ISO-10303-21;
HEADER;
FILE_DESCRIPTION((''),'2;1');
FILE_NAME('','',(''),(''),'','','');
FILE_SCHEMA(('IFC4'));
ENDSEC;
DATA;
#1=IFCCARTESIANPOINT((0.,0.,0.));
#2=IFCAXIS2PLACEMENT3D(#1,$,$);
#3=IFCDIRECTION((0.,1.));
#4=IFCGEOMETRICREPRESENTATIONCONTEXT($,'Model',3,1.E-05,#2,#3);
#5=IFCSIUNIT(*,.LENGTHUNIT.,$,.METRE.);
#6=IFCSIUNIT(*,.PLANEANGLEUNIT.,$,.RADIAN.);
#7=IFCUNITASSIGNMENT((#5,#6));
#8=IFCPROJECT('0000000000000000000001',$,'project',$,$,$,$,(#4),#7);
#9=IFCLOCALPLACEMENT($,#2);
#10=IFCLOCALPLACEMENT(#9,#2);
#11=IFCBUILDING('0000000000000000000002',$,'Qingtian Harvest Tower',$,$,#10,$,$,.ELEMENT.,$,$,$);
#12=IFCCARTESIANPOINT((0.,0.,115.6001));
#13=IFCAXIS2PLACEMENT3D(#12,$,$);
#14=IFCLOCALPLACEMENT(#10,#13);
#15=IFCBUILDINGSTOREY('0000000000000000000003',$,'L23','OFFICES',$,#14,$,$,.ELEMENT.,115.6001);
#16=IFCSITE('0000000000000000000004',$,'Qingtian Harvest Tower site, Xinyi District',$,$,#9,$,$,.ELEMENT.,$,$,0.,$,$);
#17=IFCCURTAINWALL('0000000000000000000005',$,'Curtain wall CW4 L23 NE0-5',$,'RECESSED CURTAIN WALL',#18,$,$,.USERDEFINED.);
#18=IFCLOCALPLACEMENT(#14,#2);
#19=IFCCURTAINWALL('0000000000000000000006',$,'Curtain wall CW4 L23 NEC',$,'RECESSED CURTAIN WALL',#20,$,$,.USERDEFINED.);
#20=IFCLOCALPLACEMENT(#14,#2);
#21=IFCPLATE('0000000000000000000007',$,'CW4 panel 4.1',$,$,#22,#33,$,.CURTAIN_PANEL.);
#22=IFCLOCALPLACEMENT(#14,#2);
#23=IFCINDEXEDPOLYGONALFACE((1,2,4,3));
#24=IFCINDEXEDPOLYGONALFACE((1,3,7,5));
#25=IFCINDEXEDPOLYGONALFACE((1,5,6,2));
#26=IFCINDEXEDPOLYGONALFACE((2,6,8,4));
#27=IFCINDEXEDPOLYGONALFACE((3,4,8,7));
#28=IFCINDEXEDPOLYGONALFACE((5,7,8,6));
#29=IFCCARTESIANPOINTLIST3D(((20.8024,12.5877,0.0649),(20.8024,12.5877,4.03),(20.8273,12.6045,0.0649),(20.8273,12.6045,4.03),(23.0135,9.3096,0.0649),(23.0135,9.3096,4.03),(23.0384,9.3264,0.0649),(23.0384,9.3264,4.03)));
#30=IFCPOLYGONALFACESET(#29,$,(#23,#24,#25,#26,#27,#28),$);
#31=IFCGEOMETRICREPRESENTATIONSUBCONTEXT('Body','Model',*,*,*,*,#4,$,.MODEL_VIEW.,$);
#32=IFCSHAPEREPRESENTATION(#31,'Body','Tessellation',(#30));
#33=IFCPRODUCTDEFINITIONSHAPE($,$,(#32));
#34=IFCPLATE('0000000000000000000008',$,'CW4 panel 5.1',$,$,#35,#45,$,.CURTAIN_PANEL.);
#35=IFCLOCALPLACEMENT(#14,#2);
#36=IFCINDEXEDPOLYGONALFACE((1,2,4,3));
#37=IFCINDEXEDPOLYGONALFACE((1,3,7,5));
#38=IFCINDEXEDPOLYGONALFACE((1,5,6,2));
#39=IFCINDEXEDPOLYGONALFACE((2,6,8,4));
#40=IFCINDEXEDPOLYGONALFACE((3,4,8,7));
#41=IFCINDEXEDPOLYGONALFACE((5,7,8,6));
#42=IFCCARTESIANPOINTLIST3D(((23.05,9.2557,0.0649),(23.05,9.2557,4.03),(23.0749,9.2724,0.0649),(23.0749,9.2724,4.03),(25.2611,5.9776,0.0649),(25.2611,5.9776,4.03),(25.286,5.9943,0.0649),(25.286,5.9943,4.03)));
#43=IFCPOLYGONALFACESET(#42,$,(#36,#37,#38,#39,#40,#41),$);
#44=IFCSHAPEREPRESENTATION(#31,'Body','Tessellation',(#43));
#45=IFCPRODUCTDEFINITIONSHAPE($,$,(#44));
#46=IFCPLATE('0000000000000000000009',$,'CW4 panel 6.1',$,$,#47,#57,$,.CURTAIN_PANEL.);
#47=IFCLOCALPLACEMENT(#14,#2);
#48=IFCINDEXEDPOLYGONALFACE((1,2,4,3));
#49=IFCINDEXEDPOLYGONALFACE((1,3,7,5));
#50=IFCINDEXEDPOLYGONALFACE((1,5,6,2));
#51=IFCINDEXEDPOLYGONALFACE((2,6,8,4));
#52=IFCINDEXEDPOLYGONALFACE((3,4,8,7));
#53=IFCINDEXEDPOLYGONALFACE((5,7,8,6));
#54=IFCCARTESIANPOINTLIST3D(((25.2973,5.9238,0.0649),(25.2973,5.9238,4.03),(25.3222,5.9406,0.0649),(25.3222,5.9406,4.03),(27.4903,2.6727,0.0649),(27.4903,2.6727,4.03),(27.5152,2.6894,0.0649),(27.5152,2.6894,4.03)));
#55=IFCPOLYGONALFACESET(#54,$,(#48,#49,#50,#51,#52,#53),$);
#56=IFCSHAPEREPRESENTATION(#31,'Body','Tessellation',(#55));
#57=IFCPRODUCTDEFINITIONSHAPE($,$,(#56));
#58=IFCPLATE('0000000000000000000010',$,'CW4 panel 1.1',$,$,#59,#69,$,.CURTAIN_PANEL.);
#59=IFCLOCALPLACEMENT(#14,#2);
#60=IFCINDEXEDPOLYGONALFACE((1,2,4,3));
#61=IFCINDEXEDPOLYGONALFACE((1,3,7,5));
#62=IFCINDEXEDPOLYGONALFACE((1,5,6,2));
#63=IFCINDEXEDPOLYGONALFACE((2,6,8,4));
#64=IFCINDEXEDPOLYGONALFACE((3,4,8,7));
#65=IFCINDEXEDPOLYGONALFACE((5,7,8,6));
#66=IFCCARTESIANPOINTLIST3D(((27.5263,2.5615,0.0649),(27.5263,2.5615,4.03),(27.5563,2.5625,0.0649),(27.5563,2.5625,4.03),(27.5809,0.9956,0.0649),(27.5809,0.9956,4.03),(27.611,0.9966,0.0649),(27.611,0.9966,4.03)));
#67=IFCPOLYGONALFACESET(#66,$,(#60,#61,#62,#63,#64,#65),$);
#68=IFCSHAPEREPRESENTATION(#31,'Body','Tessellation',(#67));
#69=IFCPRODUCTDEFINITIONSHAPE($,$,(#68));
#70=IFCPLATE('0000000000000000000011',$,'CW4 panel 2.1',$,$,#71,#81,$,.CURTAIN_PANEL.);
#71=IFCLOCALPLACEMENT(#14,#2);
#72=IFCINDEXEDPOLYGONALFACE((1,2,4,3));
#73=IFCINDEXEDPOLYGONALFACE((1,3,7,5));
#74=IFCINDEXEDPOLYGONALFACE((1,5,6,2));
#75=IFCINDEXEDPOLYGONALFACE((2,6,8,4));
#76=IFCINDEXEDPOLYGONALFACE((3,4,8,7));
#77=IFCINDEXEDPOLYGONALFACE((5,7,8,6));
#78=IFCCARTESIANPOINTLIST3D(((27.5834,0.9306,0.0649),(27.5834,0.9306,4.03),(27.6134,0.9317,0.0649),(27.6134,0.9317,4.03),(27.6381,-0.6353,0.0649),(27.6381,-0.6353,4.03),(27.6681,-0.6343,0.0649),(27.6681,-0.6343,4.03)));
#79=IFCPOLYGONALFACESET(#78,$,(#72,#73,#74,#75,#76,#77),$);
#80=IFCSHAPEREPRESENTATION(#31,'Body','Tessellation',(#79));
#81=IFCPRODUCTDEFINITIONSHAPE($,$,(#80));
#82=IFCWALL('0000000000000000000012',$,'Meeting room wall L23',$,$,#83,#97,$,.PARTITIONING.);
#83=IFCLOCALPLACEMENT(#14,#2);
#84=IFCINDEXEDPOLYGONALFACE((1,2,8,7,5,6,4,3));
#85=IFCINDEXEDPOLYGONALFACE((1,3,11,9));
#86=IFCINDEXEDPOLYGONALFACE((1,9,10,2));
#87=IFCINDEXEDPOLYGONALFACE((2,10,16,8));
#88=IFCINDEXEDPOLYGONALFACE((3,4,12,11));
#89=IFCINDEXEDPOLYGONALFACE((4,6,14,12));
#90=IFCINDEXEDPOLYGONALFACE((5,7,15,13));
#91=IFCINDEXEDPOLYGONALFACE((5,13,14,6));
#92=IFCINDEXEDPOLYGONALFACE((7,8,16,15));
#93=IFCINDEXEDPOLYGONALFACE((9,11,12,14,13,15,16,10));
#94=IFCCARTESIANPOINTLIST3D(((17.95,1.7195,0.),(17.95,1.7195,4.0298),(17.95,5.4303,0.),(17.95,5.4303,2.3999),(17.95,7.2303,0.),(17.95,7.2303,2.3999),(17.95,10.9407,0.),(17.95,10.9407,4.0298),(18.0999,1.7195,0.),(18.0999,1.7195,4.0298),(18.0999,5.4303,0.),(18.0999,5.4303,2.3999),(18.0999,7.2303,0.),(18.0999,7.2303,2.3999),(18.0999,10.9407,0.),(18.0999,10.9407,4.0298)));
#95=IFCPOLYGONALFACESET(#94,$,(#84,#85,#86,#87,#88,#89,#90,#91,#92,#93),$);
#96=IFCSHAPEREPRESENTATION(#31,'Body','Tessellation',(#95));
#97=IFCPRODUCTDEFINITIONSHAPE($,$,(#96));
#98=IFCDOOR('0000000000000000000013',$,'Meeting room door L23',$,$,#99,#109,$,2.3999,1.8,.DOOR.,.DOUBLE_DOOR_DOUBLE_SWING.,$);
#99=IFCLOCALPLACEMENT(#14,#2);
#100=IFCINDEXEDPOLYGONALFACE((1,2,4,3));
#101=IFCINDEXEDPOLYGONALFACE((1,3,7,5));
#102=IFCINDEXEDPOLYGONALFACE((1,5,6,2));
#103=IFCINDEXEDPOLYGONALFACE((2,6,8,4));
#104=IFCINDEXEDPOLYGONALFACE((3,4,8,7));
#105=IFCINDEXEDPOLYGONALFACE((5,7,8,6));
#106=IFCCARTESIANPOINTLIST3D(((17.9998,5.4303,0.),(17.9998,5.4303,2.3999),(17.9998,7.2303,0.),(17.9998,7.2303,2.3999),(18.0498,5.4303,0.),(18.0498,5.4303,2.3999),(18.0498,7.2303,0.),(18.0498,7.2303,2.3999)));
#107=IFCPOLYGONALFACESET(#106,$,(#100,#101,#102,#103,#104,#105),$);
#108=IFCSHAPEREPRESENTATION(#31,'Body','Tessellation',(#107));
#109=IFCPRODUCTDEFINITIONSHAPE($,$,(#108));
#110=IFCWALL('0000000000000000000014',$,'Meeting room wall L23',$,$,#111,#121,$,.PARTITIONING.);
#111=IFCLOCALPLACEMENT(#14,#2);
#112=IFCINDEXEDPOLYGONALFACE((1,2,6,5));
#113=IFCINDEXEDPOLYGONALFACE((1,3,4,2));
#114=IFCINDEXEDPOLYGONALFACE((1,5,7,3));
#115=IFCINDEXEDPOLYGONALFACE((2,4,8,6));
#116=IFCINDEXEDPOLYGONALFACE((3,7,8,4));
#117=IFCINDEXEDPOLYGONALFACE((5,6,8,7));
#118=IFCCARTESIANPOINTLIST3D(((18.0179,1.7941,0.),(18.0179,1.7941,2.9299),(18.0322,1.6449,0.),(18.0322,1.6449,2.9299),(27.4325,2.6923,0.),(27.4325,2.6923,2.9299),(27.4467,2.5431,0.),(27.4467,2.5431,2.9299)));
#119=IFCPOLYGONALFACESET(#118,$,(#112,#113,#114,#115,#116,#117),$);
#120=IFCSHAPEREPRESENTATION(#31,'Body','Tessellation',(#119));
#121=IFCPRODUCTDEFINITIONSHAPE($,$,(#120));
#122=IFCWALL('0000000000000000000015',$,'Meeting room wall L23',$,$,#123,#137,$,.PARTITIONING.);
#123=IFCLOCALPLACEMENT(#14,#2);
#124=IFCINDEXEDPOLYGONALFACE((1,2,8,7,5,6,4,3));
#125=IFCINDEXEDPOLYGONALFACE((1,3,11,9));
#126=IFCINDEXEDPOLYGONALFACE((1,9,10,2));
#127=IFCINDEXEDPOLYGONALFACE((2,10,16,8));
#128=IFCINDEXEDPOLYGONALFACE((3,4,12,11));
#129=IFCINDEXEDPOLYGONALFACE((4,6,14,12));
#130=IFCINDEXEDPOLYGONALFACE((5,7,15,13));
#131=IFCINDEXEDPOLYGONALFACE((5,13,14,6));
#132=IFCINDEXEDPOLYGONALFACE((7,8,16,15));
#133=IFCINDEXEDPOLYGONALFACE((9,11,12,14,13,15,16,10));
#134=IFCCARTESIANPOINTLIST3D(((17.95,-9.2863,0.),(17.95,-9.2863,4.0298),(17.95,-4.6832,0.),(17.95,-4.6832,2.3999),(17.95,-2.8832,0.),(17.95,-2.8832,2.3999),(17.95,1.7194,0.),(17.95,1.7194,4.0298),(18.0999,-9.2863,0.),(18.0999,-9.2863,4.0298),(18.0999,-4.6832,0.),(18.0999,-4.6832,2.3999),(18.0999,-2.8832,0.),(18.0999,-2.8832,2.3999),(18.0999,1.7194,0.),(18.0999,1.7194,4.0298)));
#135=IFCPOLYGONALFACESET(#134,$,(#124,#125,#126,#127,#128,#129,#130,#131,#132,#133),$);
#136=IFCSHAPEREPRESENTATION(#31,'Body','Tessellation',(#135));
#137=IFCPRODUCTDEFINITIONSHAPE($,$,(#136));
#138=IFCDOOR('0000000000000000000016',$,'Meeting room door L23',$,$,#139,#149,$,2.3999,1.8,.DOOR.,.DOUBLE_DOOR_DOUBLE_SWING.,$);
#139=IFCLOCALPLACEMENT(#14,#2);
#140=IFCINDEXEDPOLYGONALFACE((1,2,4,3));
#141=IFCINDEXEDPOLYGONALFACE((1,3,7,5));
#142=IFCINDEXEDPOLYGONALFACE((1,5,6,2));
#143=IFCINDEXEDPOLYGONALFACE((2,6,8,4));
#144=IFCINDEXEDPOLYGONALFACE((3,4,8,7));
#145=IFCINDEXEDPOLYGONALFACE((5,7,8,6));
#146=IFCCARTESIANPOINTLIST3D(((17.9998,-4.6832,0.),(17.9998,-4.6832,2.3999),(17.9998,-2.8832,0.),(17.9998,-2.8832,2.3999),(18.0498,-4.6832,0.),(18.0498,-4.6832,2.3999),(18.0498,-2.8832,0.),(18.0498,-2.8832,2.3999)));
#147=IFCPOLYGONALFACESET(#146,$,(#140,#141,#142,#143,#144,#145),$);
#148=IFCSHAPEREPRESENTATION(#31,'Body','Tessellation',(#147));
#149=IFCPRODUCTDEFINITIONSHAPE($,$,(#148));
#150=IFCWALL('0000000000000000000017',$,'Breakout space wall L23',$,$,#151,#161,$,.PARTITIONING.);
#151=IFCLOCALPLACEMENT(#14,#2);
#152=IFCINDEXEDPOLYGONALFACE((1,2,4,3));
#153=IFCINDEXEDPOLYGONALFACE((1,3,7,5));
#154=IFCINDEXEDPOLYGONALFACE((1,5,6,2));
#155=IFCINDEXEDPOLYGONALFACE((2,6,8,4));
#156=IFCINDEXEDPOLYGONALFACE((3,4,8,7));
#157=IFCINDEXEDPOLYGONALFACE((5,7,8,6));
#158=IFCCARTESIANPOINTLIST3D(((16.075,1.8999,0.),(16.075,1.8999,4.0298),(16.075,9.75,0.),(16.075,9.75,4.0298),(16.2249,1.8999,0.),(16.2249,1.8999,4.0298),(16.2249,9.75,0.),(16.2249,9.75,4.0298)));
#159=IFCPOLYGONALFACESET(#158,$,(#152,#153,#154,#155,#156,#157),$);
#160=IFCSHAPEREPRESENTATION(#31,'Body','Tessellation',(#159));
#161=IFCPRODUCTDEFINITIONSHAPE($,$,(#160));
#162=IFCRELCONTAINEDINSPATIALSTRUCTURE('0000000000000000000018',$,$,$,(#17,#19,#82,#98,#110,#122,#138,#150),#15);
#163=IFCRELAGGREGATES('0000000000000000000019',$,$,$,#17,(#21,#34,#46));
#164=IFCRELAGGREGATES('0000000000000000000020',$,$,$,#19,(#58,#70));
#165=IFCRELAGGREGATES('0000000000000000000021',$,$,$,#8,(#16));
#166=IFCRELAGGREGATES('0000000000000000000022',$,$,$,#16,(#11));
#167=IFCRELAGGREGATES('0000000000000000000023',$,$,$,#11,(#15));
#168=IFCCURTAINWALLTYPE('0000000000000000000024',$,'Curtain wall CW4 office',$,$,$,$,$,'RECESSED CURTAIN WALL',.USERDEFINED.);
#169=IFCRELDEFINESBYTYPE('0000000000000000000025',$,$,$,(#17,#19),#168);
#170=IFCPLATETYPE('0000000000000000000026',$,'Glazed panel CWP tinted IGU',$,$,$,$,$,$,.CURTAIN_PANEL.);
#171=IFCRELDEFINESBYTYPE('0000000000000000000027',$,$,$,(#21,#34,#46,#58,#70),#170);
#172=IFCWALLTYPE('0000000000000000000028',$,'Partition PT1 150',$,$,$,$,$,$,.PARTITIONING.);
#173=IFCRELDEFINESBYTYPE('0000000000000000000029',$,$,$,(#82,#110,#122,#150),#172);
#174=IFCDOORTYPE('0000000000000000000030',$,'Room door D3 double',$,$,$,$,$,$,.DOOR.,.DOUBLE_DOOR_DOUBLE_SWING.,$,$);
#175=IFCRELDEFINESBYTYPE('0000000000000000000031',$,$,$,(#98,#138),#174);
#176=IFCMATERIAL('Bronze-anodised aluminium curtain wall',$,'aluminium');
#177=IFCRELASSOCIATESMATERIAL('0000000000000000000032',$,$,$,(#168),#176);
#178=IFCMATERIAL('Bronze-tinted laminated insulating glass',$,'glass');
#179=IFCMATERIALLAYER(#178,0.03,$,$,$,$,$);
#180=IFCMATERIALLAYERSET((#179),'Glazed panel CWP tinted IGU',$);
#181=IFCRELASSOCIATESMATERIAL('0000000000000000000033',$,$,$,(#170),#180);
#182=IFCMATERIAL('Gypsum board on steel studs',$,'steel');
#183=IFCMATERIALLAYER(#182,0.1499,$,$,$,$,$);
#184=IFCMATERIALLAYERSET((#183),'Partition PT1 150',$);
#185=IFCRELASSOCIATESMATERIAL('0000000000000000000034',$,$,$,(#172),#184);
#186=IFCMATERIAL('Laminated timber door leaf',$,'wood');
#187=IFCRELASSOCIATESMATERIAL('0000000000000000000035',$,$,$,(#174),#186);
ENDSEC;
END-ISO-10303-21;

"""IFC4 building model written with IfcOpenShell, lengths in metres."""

from ifc_helpers import new_model, si_unit, direction, frame, frame_2d, origin, origin_2d, place, context, subcontext, project, spatial, rectangle, extrude, material, layer, layer_set, type_object, element, fill, aggregate, save


model = new_model("IFC4")

# Units and contexts
model_context = context("Model", 3, precision=1e-05, world=origin(), true_north=direction((0.0, 1.0)))
body_context = subcontext(model_context, "Body", "Model", "MODEL_VIEW")
ifc_project = project(units=[si_unit("LENGTHUNIT", "METRE"), si_unit("PLANEANGLEUNIT", "RADIAN")], contexts=[model_context])

# Site, building, storey
site_placement = place(None, origin())
site = spatial("IfcSite", under=ifc_project, at=site_placement, Name="Qingtian Harvest Tower site, Xinyi District", CompositionType="ELEMENT", RefElevation=0.0)
building_placement = place(site_placement, origin())
building = spatial("IfcBuilding", under=site, at=building_placement, Name="Qingtian Harvest Tower", CompositionType="ELEMENT")
storey_placement = place(building_placement, frame((0.0, 0.0, 115.6001)))
storey = spatial("IfcBuildingStorey", under=building, at=storey_placement, Name="L23", Description="OFFICES", CompositionType="ELEMENT", Elevation=115.6001)

# Curtain walls
ifc_material_1 = material(Name="Bronze-anodised aluminium curtain wall", Category="aluminium")
curtain_wall_type = type_object("IfcCurtainWallType", Name="Curtain wall CW4 office", ElementType="RECESSED CURTAIN WALL", PredefinedType="USERDEFINED", material=ifc_material_1)
curtain_wall_1_placement = place(storey_placement, origin())
curtain_wall_1 = element("IfcCurtainWall", 1, at=curtain_wall_1_placement, inside=storey, type_object=curtain_wall_type, Name="Curtain wall CW4 L23 NE0-5", ObjectType="RECESSED CURTAIN WALL", PredefinedType="USERDEFINED")
curtain_wall_2_placement = place(storey_placement, origin())
curtain_wall_2 = element("IfcCurtainWall", 2, at=curtain_wall_2_placement, inside=storey, type_object=curtain_wall_type, Name="Curtain wall CW4 L23 NEC", ObjectType="RECESSED CURTAIN WALL", PredefinedType="USERDEFINED")

# Plates
ifc_material_2 = material(Name="Bronze-tinted laminated insulating glass", Category="glass")
ifc_layer_1 = layer(ifc_material_2, 0.03)
ifc_layer_set_1 = layer_set([ifc_layer_1], Name="Glazed panel CWP tinted IGU")
plate_type = type_object("IfcPlateType", Name="Glazed panel CWP tinted IGU", PredefinedType="CURTAIN_PANEL", material=ifc_layer_set_1)
plate_1_placement = place(storey_placement, frame((21.9204, 10.957, 0.0649), z_axis=(0.0, 0.0, 1.0), x_axis=(0.559193, -0.829038, 0.0)))
plate_1 = element("IfcPlate", 3, at=plate_1_placement, type_object=plate_type, Name="CW4 panel 4.1", PredefinedType="CURTAIN_PANEL", context=body_context, shape_type="SweptSolid", body=[
    extrude(rectangle(XDim=3.9541, YDim=0.03, at=origin_2d()), origin(), (0.0, 0.0, 1.0), 3.9651),
])
plate_2_placement = place(storey_placement, frame((24.168, 7.625, 0.0649), z_axis=(0.0, 0.0, 1.0), x_axis=(0.559193, -0.829038, 0.0)))
plate_2 = element("IfcPlate", 4, at=plate_2_placement, type_object=plate_type, Name="CW4 panel 5.1", PredefinedType="CURTAIN_PANEL", context=body_context, shape_type="SweptSolid", body=[
    extrude(rectangle(XDim=3.9541, YDim=0.03, at=origin_2d()), origin(), (0.0, 0.0, 1.0), 3.9651),
])
plate_3_placement = place(storey_placement, frame((26.4062, 4.3066, 0.0649), z_axis=(0.0, 0.0, 1.0), x_axis=(0.559193, -0.829038, 0.0)))
plate_3 = element("IfcPlate", 5, at=plate_3_placement, type_object=plate_type, Name="CW4 panel 6.1", PredefinedType="CURTAIN_PANEL", context=body_context, shape_type="SweptSolid", body=[
    extrude(rectangle(XDim=3.9216, YDim=0.03, at=origin_2d()), origin(), (0.0, 0.0, 1.0), 3.9651),
])
aggregate(curtain_wall_1, [plate_1, plate_2, plate_3])
plate_4_placement = place(storey_placement, frame((27.5686, 1.7791, 0.0649), z_axis=(0.0, 0.0, 1.0), x_axis=(0.034899, -0.999391, 0.0)))
plate_4 = element("IfcPlate", 6, at=plate_4_placement, type_object=plate_type, Name="CW4 panel 1.1", PredefinedType="CURTAIN_PANEL", context=body_context, shape_type="SweptSolid", body=[
    extrude(rectangle(XDim=1.5669, YDim=0.03, at=origin_2d()), origin(), (0.0, 0.0, 1.0), 3.9651),
])
plate_5_placement = place(storey_placement, frame((27.6257, 0.1482, 0.0649), z_axis=(0.0, 0.0, 1.0), x_axis=(0.034899, -0.999391, 0.0)))
plate_5 = element("IfcPlate", 7, at=plate_5_placement, type_object=plate_type, Name="CW4 panel 2.1", PredefinedType="CURTAIN_PANEL", context=body_context, shape_type="SweptSolid", body=[
    extrude(rectangle(XDim=1.5669, YDim=0.03, at=origin_2d()), origin(), (0.0, 0.0, 1.0), 3.9651),
])
aggregate(curtain_wall_2, [plate_4, plate_5])

# Wall, opening, door
ifc_material_3 = material(Name="Gypsum board on steel studs", Category="steel")
ifc_layer_2 = layer(ifc_material_3, 0.1499)
ifc_layer_set_2 = layer_set([ifc_layer_2], Name="Partition PT1 150")
wall_type = type_object("IfcWallType", Name="Partition PT1 150", PredefinedType="PARTITIONING", material=ifc_layer_set_2)
wall_1_placement = place(storey_placement, frame((18.0249, 10.9407, 0.0), z_axis=(0.0, 0.0, 1.0), x_axis=(0.0, -1.0, 0.0)))
wall_1 = element("IfcWall", 8, at=wall_1_placement, inside=storey, type_object=wall_type, Name="Meeting room wall L23", PredefinedType="PARTITIONING", context=body_context, shape_type="SweptSolid", body=[
    extrude(rectangle(XDim=9.2212, YDim=0.1499, at=frame_2d((4.6106, 0.0))), origin(), (0.0, 0.0, 1.0), 4.0298),
])
opening_1_placement = place(wall_1_placement, frame((3.7104, 0.0, 0.0)))
opening_1 = element("IfcOpeningElement", 9, at=opening_1_placement, cuts=wall_1, PredefinedType="OPENING", context=body_context, shape_type="SweptSolid", body=[
    extrude(rectangle(XDim=1.8, YDim=2.3999, at=frame_2d((0.8999, 1.2))), frame((0.0, 0.085, 0.0), z_axis=(0.0, -1.0, 0.0), x_axis=(1.0, 0.0, 0.0)), (0.0, 0.0, 1.0), 0.1699),
])
ifc_material_4 = material(Name="Laminated timber door leaf", Category="wood")
door_type = type_object("IfcDoorType", Name="Room door D3 double", OperationType="DOUBLE_DOOR_DOUBLE_SWING", PredefinedType="DOOR", material=ifc_material_4)
door_1_placement = place(opening_1_placement, origin())
door_1 = element("IfcDoor", 10, at=door_1_placement, inside=storey, type_object=door_type, Name="Meeting room door L23", OperationType="DOUBLE_DOOR_DOUBLE_SWING", OverallHeight=2.3999, OverallWidth=1.8, PredefinedType="DOOR", context=body_context, shape_type="SweptSolid", body=[
    extrude(rectangle(XDim=1.8, YDim=2.3999, at=frame_2d((0.8999, 1.2))), frame((0.0, 0.0249, 0.0), z_axis=(0.0, -1.0, 0.0), x_axis=(1.0, 0.0, 0.0)), (0.0, 0.0, 1.0), 0.05),
])
fill(opening_1, door_1)

# Wall
wall_2_placement = place(storey_placement, frame((27.4395, 2.6177, 0.0), z_axis=(0.0, 0.0, 1.0), x_axis=(-0.99548, -0.094974, 0.0)))
element("IfcWall", 11, at=wall_2_placement, inside=storey, type_object=wall_type, Name="Meeting room wall L23", PredefinedType="PARTITIONING", context=body_context, shape_type="SweptSolid", body=[
    extrude(rectangle(XDim=9.4573, YDim=0.1499, at=frame_2d((4.7285, 0.0))), origin(), (0.0, 0.0, 1.0), 2.9299),
])

# Wall, opening, door
wall_3_placement = place(storey_placement, frame((18.0249, 1.7195, 0.0), z_axis=(0.0, 0.0, 1.0), x_axis=(0.0, -1.0, 0.0)))
wall_3 = element("IfcWall", 12, at=wall_3_placement, inside=storey, type_object=wall_type, Name="Meeting room wall L23", PredefinedType="PARTITIONING", context=body_context, shape_type="SweptSolid", body=[
    extrude(rectangle(XDim=11.0056, YDim=0.1499, at=frame_2d((5.5029, 0.0))), origin(), (0.0, 0.0, 1.0), 4.0298),
])
opening_2_placement = place(wall_3_placement, frame((4.6028, 0.0, 0.0)))
opening_2 = element("IfcOpeningElement", 13, at=opening_2_placement, cuts=wall_3, PredefinedType="OPENING", context=body_context, shape_type="SweptSolid", body=[
    extrude(rectangle(XDim=1.8, YDim=2.3999, at=frame_2d((0.8999, 1.2))), frame((0.0, 0.085, 0.0), z_axis=(0.0, -1.0, 0.0), x_axis=(1.0, 0.0, 0.0)), (0.0, 0.0, 1.0), 0.1699),
])
door_2_placement = place(opening_2_placement, origin())
door_2 = element("IfcDoor", 14, at=door_2_placement, inside=storey, type_object=door_type, Name="Meeting room door L23", OperationType="DOUBLE_DOOR_DOUBLE_SWING", OverallHeight=2.3999, OverallWidth=1.8, PredefinedType="DOOR", context=body_context, shape_type="SweptSolid", body=[
    extrude(rectangle(XDim=1.8, YDim=2.3999, at=frame_2d((0.8999, 1.2))), frame((0.0, 0.0249, 0.0), z_axis=(0.0, -1.0, 0.0), x_axis=(1.0, 0.0, 0.0)), (0.0, 0.0, 1.0), 0.05),
])
fill(opening_2, door_2)

# Wall
wall_4_placement = place(storey_placement, frame((16.1499, 1.8999, 0.0), z_axis=(0.0, 0.0, 1.0), x_axis=(0.0, 1.0, 0.0)))
element("IfcWall", 15, at=wall_4_placement, inside=storey, type_object=wall_type, Name="Breakout space wall L23", PredefinedType="PARTITIONING", context=body_context, shape_type="SweptSolid", body=[
    extrude(rectangle(XDim=7.8501, YDim=0.1499, at=frame_2d((3.925, 0.0))), origin(), (0.0, 0.0, 1.0), 4.0298),
])

save(model, "model.ifc")
